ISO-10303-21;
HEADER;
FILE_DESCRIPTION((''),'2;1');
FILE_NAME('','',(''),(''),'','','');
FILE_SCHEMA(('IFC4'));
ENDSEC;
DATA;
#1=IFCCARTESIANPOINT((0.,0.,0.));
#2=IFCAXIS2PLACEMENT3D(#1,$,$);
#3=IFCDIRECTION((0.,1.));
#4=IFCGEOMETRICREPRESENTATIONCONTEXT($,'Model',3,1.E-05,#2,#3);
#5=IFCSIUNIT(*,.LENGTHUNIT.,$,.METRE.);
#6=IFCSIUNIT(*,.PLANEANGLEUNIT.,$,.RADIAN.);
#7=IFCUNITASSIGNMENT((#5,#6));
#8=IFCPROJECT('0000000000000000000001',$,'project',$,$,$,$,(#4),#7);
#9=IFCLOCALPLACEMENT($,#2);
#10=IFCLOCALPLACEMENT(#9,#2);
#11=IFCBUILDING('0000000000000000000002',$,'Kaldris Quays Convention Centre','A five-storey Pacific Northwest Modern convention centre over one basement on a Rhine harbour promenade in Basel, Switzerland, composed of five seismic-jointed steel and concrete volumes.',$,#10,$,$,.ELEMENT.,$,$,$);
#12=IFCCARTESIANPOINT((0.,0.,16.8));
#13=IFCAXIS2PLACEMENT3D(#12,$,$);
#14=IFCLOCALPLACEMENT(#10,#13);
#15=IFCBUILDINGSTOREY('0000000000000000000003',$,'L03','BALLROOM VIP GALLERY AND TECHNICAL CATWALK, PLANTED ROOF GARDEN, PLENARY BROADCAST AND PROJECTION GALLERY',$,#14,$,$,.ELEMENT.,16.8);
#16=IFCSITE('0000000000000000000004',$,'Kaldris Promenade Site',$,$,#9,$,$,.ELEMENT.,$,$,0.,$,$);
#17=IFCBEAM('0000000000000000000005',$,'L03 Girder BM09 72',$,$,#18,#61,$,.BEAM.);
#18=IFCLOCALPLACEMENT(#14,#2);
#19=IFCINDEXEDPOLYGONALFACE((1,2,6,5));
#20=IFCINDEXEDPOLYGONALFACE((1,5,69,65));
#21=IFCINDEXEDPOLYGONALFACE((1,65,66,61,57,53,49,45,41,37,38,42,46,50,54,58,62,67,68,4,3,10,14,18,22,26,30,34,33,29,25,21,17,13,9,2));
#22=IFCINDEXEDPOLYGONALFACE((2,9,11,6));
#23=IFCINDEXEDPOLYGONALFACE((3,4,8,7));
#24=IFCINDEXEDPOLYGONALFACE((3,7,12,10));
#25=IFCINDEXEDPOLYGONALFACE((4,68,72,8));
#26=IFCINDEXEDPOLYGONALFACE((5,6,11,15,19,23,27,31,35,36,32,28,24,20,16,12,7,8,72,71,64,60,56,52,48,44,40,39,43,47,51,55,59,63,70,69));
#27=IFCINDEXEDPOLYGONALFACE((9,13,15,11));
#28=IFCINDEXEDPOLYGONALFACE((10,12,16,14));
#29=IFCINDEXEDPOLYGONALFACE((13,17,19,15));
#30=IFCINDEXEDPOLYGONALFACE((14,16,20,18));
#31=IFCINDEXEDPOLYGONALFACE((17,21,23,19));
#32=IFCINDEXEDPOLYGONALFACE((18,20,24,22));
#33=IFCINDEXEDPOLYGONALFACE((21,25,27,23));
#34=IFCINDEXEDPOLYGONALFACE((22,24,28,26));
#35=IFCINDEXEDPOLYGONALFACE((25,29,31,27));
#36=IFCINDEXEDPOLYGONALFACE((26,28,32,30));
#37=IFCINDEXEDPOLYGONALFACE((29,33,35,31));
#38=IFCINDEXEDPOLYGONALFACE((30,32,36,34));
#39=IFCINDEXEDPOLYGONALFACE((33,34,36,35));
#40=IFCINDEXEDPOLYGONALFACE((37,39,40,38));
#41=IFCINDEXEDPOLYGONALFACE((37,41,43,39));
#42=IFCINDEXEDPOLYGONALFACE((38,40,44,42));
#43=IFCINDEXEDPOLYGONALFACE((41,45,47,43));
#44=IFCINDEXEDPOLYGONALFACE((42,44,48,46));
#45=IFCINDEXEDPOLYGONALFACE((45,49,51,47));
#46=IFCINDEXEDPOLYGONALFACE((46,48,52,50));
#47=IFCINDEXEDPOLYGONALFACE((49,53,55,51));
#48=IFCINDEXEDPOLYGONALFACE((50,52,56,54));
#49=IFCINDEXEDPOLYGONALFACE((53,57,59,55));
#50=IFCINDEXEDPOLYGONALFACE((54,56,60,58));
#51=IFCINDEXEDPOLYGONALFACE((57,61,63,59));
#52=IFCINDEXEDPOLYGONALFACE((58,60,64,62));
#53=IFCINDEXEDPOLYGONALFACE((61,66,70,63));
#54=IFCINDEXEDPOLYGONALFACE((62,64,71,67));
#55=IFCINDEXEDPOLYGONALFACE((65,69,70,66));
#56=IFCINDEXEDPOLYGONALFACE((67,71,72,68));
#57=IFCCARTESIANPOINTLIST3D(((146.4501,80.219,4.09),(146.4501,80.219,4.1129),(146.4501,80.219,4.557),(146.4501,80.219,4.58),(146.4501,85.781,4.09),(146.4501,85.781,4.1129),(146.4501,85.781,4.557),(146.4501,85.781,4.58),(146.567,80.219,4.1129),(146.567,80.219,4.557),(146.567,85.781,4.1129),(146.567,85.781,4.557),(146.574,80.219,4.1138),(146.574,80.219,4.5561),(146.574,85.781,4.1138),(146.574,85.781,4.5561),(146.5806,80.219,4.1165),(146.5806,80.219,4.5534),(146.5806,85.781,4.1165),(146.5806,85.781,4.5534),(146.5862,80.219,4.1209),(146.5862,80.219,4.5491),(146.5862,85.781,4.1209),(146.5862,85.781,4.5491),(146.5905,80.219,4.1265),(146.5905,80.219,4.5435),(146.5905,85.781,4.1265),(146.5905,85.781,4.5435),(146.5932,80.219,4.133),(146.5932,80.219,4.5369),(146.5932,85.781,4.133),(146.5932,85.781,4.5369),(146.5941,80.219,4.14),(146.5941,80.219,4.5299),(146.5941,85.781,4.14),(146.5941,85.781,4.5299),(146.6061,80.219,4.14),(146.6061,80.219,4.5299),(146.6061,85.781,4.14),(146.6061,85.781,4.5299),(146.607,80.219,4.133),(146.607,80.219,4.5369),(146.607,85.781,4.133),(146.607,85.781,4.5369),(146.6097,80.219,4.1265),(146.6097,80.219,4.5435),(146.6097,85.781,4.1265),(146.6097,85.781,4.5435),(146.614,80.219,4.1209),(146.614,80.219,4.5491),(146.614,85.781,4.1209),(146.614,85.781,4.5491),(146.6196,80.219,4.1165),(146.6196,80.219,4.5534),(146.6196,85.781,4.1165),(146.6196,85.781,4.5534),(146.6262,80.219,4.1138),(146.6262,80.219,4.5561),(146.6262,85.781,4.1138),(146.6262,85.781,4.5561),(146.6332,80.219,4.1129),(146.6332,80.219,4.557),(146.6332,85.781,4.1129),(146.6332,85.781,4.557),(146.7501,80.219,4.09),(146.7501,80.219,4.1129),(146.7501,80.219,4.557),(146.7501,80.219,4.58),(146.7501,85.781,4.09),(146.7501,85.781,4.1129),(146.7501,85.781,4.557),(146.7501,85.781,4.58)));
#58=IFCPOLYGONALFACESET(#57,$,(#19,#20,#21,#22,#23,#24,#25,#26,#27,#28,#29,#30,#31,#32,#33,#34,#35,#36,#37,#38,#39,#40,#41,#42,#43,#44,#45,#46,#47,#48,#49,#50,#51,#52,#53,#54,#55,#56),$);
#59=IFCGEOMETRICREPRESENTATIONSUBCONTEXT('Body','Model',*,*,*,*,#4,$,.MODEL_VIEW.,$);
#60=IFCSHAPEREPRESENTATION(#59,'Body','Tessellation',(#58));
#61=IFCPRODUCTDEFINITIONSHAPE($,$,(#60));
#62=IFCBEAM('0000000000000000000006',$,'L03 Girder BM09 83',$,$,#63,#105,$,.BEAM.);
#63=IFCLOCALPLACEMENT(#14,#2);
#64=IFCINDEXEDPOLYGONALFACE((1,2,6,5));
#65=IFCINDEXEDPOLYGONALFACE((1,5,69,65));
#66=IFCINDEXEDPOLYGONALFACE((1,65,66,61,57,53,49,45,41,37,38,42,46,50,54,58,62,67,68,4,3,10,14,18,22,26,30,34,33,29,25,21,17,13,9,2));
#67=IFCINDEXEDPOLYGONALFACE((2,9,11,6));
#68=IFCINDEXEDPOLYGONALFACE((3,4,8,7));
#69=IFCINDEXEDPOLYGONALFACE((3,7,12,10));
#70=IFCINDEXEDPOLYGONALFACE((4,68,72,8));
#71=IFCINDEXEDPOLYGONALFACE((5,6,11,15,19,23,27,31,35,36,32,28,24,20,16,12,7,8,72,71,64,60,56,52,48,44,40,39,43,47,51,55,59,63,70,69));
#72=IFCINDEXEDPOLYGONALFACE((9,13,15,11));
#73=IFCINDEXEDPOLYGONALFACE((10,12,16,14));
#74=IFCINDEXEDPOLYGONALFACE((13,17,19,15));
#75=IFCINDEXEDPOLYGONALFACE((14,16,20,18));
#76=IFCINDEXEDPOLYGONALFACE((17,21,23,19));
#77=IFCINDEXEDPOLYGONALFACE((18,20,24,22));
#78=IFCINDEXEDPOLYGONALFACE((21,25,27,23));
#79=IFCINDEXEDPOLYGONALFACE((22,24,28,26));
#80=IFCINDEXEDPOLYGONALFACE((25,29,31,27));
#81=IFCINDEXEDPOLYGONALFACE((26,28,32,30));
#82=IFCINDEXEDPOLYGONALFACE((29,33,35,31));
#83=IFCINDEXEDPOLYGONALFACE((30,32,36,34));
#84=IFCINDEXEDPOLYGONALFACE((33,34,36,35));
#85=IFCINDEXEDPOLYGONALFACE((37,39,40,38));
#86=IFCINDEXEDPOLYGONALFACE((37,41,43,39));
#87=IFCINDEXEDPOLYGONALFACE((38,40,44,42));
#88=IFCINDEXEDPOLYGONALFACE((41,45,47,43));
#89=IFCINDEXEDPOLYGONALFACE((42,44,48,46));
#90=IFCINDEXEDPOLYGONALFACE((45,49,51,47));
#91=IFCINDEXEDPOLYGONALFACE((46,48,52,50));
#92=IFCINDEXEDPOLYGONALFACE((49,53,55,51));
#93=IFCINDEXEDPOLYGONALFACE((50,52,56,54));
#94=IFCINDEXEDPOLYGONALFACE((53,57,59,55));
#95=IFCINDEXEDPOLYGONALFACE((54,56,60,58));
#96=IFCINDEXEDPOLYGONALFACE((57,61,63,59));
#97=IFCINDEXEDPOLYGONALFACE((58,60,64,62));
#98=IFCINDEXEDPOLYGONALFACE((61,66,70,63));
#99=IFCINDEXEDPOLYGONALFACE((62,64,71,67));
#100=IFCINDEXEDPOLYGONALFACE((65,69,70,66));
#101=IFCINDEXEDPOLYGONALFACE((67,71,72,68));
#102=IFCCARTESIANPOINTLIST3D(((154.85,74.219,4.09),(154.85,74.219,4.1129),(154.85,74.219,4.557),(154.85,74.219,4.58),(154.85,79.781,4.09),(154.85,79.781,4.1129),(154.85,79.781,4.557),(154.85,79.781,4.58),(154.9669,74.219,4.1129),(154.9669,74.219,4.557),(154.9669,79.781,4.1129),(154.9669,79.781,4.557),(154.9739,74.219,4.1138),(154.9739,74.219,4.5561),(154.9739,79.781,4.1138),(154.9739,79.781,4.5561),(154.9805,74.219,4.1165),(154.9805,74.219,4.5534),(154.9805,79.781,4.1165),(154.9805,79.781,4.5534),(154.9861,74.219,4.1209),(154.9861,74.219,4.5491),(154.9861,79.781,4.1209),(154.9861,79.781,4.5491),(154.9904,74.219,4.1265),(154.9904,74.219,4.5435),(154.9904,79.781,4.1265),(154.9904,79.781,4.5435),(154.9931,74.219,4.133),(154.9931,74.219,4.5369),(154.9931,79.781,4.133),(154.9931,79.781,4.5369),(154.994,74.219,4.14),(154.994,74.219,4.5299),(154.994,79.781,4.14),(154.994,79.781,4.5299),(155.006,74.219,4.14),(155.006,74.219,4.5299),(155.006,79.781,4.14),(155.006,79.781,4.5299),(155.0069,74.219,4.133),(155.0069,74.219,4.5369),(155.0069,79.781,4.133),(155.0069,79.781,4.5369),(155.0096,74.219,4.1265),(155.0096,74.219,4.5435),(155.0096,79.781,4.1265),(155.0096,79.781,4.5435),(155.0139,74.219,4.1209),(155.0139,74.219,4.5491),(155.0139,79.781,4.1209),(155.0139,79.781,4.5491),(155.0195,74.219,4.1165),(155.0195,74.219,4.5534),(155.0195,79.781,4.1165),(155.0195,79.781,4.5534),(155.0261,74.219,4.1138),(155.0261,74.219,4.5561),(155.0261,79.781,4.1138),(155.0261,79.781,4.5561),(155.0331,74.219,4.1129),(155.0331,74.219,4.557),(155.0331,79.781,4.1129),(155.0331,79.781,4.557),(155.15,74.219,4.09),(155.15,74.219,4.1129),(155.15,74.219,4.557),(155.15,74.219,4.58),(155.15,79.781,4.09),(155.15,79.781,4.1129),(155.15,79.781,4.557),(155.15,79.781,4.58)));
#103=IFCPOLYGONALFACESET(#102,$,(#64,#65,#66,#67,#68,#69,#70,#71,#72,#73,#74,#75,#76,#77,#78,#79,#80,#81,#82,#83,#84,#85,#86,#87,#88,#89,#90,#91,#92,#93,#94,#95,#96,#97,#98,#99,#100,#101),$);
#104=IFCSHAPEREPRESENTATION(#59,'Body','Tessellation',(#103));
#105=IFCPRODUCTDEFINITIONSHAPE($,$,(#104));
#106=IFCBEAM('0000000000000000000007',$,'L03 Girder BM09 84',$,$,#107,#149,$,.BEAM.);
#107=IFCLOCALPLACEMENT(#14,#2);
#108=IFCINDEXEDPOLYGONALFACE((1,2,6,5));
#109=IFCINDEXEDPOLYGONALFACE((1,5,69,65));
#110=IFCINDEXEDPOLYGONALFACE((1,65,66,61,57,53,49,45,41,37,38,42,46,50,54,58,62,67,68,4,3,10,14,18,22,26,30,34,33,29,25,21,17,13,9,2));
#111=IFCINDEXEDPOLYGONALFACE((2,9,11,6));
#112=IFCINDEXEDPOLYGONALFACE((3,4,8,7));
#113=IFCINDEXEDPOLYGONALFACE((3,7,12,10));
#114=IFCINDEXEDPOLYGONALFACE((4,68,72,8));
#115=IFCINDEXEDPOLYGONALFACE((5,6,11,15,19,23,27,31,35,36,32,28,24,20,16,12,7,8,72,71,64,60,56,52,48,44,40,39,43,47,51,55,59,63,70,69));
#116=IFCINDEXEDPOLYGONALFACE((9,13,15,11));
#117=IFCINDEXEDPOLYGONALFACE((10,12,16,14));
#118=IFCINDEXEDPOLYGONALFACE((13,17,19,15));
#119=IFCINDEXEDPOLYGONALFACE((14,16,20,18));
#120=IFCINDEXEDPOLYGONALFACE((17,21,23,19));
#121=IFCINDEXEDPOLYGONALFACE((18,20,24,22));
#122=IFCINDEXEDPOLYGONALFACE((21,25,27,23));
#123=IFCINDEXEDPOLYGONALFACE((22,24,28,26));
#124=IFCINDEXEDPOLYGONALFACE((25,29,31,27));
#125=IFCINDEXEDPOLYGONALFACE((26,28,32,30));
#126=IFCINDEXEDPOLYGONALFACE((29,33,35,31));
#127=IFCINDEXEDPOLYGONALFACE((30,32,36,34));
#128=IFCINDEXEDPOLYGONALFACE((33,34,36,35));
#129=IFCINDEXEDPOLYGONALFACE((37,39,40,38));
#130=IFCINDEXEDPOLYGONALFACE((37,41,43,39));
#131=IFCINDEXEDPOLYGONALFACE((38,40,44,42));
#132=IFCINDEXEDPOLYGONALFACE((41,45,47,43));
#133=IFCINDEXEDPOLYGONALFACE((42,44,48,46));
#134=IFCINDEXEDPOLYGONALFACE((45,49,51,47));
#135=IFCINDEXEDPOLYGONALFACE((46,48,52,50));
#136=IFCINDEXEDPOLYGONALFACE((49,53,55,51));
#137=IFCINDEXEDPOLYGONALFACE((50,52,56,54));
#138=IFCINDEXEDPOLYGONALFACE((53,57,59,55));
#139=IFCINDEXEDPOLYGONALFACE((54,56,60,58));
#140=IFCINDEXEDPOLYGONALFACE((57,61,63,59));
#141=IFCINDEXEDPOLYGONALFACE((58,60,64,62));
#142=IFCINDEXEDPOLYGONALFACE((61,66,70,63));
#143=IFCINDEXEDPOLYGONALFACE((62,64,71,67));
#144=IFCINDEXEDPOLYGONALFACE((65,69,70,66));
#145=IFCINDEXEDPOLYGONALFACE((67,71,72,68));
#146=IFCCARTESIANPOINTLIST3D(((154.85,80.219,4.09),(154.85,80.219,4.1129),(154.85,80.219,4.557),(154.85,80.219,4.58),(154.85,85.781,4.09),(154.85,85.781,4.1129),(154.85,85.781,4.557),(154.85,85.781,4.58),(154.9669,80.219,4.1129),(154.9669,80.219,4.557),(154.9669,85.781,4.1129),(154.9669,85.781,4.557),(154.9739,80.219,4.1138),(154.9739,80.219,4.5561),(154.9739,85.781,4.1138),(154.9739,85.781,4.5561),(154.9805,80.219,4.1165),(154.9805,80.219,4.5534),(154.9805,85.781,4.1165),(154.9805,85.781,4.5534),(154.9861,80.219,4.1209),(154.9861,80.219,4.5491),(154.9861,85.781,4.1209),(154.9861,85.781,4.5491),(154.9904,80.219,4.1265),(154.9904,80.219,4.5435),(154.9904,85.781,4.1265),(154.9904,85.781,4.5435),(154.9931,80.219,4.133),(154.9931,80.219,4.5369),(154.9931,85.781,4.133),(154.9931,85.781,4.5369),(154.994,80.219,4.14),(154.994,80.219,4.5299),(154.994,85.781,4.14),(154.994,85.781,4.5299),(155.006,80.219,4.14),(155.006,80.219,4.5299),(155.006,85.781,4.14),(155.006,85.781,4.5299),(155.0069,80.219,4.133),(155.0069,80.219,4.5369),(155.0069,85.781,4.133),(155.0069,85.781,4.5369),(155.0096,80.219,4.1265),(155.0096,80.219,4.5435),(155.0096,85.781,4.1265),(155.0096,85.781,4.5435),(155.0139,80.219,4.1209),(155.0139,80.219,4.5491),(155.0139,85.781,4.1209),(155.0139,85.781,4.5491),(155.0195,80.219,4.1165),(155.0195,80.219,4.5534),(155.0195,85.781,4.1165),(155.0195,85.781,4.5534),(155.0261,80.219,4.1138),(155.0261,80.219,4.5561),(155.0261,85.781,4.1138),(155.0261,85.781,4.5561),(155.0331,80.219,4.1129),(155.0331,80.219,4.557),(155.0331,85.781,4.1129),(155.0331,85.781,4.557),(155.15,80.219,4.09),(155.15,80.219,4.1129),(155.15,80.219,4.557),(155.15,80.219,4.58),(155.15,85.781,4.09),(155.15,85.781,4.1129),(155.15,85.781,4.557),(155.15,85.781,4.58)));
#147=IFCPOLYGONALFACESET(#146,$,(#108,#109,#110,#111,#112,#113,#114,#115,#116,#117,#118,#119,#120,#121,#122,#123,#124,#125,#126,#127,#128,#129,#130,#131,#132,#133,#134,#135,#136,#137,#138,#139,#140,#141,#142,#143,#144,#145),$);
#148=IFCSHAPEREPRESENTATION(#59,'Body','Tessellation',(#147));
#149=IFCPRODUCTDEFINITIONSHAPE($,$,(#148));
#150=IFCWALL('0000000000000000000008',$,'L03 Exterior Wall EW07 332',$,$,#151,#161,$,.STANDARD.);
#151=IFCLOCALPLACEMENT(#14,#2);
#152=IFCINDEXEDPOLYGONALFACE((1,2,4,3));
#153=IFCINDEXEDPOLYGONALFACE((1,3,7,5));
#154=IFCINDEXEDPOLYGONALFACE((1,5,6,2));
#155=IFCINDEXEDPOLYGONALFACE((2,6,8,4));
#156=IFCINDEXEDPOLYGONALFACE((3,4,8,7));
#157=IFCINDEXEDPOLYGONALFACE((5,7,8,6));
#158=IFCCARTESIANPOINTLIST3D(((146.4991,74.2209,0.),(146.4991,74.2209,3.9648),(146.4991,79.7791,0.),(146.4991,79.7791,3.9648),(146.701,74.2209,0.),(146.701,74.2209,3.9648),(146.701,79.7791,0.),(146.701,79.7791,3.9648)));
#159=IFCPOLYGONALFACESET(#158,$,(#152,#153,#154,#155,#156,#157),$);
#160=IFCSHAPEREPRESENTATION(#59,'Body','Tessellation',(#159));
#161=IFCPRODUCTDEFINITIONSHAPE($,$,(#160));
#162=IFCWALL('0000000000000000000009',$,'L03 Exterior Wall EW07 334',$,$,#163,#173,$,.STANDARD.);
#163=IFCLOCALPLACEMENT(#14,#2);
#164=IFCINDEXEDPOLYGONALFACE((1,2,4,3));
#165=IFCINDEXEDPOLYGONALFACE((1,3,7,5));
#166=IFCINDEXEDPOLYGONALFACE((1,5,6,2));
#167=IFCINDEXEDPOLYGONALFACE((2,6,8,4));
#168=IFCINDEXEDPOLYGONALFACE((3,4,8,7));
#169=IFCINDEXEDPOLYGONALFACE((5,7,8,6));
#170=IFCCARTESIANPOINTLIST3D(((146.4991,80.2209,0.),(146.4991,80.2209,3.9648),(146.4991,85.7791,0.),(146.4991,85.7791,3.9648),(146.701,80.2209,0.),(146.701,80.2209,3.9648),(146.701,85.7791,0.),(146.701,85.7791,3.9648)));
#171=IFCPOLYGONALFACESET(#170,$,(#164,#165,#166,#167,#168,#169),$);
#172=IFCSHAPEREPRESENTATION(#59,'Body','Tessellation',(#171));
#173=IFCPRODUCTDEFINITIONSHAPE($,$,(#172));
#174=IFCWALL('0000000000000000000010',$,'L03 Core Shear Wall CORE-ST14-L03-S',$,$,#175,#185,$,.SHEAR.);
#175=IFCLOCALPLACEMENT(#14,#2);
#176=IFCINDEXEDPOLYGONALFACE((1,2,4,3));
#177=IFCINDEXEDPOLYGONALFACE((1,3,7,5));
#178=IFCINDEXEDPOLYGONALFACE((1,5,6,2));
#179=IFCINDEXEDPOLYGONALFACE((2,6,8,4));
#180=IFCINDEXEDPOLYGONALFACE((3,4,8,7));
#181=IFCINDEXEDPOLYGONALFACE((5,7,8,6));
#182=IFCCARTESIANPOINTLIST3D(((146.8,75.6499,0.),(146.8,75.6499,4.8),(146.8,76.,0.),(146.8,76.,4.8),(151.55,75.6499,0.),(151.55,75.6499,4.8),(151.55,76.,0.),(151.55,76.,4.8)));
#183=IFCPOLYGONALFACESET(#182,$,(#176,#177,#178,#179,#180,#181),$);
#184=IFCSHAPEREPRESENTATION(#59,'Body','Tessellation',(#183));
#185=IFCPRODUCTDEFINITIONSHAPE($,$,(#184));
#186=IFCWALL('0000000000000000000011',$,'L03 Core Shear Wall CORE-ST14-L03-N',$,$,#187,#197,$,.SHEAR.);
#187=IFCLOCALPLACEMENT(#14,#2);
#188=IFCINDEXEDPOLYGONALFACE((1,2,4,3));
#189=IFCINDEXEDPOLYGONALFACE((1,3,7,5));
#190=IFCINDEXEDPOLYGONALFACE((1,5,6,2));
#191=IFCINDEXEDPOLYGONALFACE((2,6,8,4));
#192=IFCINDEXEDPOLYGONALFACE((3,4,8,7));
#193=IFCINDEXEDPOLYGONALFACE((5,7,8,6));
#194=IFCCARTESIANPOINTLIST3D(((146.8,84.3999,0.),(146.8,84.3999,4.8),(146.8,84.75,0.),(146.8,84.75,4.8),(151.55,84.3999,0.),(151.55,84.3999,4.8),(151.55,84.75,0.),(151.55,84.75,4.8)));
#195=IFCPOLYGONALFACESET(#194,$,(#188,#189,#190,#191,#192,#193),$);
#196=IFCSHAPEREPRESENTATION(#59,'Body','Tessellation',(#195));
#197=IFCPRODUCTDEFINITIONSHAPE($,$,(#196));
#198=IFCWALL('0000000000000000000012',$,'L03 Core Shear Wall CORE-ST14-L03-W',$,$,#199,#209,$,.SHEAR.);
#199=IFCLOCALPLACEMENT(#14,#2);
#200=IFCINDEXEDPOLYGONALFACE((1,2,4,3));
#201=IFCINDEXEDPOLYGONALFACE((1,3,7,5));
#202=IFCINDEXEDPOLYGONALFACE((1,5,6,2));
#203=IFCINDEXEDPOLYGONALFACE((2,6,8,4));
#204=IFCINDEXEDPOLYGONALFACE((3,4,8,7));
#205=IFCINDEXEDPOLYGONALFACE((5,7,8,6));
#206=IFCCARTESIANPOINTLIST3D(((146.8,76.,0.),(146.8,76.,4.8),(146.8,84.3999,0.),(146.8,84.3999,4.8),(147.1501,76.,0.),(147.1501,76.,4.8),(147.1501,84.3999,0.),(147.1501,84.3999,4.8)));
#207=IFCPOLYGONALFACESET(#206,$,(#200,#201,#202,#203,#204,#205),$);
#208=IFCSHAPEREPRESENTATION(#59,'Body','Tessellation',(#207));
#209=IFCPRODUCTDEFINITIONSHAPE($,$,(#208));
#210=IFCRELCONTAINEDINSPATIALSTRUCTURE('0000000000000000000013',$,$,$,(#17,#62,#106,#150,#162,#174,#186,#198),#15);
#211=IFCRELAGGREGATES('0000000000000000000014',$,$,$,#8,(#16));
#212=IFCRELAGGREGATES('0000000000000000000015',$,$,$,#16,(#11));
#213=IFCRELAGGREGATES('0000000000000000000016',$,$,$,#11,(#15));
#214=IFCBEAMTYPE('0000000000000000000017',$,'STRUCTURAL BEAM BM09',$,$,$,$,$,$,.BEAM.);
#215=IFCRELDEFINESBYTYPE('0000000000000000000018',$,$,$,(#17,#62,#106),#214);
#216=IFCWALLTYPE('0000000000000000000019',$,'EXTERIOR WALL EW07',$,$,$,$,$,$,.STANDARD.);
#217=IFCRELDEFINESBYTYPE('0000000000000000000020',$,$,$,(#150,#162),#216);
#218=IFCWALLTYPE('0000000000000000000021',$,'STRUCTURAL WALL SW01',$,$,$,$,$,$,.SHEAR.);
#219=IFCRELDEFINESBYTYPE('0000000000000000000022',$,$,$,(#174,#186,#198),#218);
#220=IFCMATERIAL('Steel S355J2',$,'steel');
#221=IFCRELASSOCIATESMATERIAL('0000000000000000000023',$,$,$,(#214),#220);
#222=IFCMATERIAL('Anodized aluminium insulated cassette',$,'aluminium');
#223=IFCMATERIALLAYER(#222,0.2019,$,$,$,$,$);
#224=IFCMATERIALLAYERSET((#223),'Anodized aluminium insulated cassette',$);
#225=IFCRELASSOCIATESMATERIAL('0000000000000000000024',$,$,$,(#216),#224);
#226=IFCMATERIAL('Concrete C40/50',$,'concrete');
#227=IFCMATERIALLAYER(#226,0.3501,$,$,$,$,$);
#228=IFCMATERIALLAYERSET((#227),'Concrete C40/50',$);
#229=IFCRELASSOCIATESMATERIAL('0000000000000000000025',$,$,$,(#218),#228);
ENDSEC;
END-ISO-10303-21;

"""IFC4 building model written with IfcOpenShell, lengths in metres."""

from ifc_helpers import new_model, si_unit, direction, frame, frame_2d, origin, origin_2d, place, context, subcontext, project, spatial, rectangle, i_section, extrude, material, layer, layer_set, material_profile, profile_set, type_object, element, save


model = new_model("IFC4")

# Units and contexts
model_context = context("Model", 3, precision=1e-05, world=origin(), true_north=direction((0.0, 1.0)))
body_context = subcontext(model_context, "Body", "Model", "MODEL_VIEW")
ifc_project = project(units=[si_unit("LENGTHUNIT", "METRE"), si_unit("PLANEANGLEUNIT", "RADIAN")], contexts=[model_context])

# Site, building, storey
site_placement = place(None, origin())
site = spatial("IfcSite", under=ifc_project, at=site_placement, Name="Kaldris Promenade Site", CompositionType="ELEMENT", RefElevation=0.0)
building_placement = place(site_placement, origin())
building = spatial("IfcBuilding", under=site, at=building_placement, Name="Kaldris Quays Convention Centre", Description="A five-storey Pacific Northwest Modern convention centre over one basement on a Rhine harbour promenade in Basel, Switzerland, composed of five seismic-jointed steel and concrete volumes.", CompositionType="ELEMENT")
storey_placement = place(building_placement, frame((0.0, 0.0, 16.8)))
storey = spatial("IfcBuildingStorey", under=building, at=storey_placement, Name="L03", Description="BALLROOM VIP GALLERY AND TECHNICAL CATWALK, PLANTED ROOF GARDEN, PLENARY BROADCAST AND PROJECTION GALLERY", CompositionType="ELEMENT", Elevation=16.8)

# Shared definitions
ifc_material_1 = material(Name="Steel S355J2", Category="steel")

# Beams
ifc_material_profile_1 = material_profile(ifc_material_1, i_section(OverallWidth=0.3, OverallDepth=0.49, WebThickness=0.012, FlangeThickness=0.0229, FilletRadius=0.0271, at=origin_2d()), Name="HEA 500")
ifc_profile_set_1 = profile_set([ifc_material_profile_1], Name="Steel S355J2")
beam_type_1 = type_object("IfcBeamType", Name="STRUCTURAL BEAM BM09", PredefinedType="BEAM", material=ifc_profile_set_1)
for number, where, z_axis, x_axis, name in (
    (1, (146.6001, 80.219, 4.335), (0.0, 1.0, 0.0), (-1.0, 0.0, 0.0), "L03 Girder BM09 72"),
    (2, (155.0, 74.219, 4.335), (0.0, 1.0, 0.0), (-1.0, 0.0, 0.0), "L03 Girder BM09 83"),
    (3, (155.0, 80.219, 4.335), (0.0, 1.0, 0.0), (-1.0, 0.0, 0.0), "L03 Girder BM09 84"),
):
    element("IfcBeam", number, at=place(storey_placement, frame(where, z_axis=z_axis, x_axis=x_axis)), inside=storey, type_object=beam_type_1, Name=name, PredefinedType="BEAM", context=body_context, shape_type="SweptSolid", body=[
        extrude(i_section(OverallWidth=0.3, OverallDepth=0.49, WebThickness=0.012, FlangeThickness=0.0229, FilletRadius=0.0271, at=origin_2d()), origin(), (0.0, 0.0, 1.0), 5.562),
    ])

# Walls
ifc_material_2 = material(Name="Anodized aluminium insulated cassette", Category="aluminium")
ifc_layer_1 = layer(ifc_material_2, 0.2019)
ifc_layer_set_1 = layer_set([ifc_layer_1], Name="Anodized aluminium insulated cassette")
wall_type_1 = type_object("IfcWallType", Name="EXTERIOR WALL EW07", PredefinedType="STANDARD", material=ifc_layer_set_1)
for number, where, z_axis, x_axis, name in (
    (4, (146.6001, 74.2209, 0.0), (0.0, 0.0, 1.0), (0.0, 1.0, 0.0), "L03 Exterior Wall EW07 332"),
    (5, (146.6001, 80.2209, 0.0), (0.0, 0.0, 1.0), (0.0, 1.0, 0.0), "L03 Exterior Wall EW07 334"),
):
    element("IfcWall", number, at=place(storey_placement, frame(where, z_axis=z_axis, x_axis=x_axis)), inside=storey, type_object=wall_type_1, Name=name, PredefinedType="STANDARD", context=body_context, shape_type="SweptSolid", body=[
        extrude(rectangle(XDim=5.5581, YDim=0.2019, at=frame_2d((2.7791, 0.0))), origin(), (0.0, 0.0, 1.0), 3.9648),
    ])
ifc_material_3 = material(Name="Concrete C40/50", Category="concrete")
ifc_layer_2 = layer(ifc_material_3, 0.3501)
ifc_layer_set_2 = layer_set([ifc_layer_2], Name="Concrete C40/50")
wall_type_2 = type_object("IfcWallType", Name="STRUCTURAL WALL SW01", PredefinedType="SHEAR", material=ifc_layer_set_2)
for number, where, z_axis, x_axis, name in (
    (6, (146.8, 75.825, 0.0), (0.0, 0.0, 1.0), (1.0, 0.0, 0.0), "L03 Core Shear Wall CORE-ST14-L03-S"),
    (7, (146.8, 84.575, 0.0), (0.0, 0.0, 1.0), (1.0, 0.0, 0.0), "L03 Core Shear Wall CORE-ST14-L03-N"),
):
    element("IfcWall", number, at=place(storey_placement, frame(where, z_axis=z_axis, x_axis=x_axis)), inside=storey, type_object=wall_type_2, Name=name, PredefinedType="SHEAR", context=body_context, shape_type="SweptSolid", body=[
        extrude(rectangle(XDim=4.75, YDim=0.3501, at=frame_2d((2.375, 0.0))), origin(), (0.0, 0.0, 1.0), 4.8),
    ])
wall_1_placement = place(storey_placement, frame((146.9751, 76.0, 0.0), z_axis=(0.0, 0.0, 1.0), x_axis=(0.0, 1.0, 0.0)))
element("IfcWall", 8, at=wall_1_placement, inside=storey, type_object=wall_type_2, Name="L03 Core Shear Wall CORE-ST14-L03-W", PredefinedType="SHEAR", context=body_context, shape_type="SweptSolid", body=[
    extrude(rectangle(XDim=8.3999, YDim=0.3501, at=frame_2d((4.2, 0.0))), origin(), (0.0, 0.0, 1.0), 4.8),
])

save(model, "model.ifc")
